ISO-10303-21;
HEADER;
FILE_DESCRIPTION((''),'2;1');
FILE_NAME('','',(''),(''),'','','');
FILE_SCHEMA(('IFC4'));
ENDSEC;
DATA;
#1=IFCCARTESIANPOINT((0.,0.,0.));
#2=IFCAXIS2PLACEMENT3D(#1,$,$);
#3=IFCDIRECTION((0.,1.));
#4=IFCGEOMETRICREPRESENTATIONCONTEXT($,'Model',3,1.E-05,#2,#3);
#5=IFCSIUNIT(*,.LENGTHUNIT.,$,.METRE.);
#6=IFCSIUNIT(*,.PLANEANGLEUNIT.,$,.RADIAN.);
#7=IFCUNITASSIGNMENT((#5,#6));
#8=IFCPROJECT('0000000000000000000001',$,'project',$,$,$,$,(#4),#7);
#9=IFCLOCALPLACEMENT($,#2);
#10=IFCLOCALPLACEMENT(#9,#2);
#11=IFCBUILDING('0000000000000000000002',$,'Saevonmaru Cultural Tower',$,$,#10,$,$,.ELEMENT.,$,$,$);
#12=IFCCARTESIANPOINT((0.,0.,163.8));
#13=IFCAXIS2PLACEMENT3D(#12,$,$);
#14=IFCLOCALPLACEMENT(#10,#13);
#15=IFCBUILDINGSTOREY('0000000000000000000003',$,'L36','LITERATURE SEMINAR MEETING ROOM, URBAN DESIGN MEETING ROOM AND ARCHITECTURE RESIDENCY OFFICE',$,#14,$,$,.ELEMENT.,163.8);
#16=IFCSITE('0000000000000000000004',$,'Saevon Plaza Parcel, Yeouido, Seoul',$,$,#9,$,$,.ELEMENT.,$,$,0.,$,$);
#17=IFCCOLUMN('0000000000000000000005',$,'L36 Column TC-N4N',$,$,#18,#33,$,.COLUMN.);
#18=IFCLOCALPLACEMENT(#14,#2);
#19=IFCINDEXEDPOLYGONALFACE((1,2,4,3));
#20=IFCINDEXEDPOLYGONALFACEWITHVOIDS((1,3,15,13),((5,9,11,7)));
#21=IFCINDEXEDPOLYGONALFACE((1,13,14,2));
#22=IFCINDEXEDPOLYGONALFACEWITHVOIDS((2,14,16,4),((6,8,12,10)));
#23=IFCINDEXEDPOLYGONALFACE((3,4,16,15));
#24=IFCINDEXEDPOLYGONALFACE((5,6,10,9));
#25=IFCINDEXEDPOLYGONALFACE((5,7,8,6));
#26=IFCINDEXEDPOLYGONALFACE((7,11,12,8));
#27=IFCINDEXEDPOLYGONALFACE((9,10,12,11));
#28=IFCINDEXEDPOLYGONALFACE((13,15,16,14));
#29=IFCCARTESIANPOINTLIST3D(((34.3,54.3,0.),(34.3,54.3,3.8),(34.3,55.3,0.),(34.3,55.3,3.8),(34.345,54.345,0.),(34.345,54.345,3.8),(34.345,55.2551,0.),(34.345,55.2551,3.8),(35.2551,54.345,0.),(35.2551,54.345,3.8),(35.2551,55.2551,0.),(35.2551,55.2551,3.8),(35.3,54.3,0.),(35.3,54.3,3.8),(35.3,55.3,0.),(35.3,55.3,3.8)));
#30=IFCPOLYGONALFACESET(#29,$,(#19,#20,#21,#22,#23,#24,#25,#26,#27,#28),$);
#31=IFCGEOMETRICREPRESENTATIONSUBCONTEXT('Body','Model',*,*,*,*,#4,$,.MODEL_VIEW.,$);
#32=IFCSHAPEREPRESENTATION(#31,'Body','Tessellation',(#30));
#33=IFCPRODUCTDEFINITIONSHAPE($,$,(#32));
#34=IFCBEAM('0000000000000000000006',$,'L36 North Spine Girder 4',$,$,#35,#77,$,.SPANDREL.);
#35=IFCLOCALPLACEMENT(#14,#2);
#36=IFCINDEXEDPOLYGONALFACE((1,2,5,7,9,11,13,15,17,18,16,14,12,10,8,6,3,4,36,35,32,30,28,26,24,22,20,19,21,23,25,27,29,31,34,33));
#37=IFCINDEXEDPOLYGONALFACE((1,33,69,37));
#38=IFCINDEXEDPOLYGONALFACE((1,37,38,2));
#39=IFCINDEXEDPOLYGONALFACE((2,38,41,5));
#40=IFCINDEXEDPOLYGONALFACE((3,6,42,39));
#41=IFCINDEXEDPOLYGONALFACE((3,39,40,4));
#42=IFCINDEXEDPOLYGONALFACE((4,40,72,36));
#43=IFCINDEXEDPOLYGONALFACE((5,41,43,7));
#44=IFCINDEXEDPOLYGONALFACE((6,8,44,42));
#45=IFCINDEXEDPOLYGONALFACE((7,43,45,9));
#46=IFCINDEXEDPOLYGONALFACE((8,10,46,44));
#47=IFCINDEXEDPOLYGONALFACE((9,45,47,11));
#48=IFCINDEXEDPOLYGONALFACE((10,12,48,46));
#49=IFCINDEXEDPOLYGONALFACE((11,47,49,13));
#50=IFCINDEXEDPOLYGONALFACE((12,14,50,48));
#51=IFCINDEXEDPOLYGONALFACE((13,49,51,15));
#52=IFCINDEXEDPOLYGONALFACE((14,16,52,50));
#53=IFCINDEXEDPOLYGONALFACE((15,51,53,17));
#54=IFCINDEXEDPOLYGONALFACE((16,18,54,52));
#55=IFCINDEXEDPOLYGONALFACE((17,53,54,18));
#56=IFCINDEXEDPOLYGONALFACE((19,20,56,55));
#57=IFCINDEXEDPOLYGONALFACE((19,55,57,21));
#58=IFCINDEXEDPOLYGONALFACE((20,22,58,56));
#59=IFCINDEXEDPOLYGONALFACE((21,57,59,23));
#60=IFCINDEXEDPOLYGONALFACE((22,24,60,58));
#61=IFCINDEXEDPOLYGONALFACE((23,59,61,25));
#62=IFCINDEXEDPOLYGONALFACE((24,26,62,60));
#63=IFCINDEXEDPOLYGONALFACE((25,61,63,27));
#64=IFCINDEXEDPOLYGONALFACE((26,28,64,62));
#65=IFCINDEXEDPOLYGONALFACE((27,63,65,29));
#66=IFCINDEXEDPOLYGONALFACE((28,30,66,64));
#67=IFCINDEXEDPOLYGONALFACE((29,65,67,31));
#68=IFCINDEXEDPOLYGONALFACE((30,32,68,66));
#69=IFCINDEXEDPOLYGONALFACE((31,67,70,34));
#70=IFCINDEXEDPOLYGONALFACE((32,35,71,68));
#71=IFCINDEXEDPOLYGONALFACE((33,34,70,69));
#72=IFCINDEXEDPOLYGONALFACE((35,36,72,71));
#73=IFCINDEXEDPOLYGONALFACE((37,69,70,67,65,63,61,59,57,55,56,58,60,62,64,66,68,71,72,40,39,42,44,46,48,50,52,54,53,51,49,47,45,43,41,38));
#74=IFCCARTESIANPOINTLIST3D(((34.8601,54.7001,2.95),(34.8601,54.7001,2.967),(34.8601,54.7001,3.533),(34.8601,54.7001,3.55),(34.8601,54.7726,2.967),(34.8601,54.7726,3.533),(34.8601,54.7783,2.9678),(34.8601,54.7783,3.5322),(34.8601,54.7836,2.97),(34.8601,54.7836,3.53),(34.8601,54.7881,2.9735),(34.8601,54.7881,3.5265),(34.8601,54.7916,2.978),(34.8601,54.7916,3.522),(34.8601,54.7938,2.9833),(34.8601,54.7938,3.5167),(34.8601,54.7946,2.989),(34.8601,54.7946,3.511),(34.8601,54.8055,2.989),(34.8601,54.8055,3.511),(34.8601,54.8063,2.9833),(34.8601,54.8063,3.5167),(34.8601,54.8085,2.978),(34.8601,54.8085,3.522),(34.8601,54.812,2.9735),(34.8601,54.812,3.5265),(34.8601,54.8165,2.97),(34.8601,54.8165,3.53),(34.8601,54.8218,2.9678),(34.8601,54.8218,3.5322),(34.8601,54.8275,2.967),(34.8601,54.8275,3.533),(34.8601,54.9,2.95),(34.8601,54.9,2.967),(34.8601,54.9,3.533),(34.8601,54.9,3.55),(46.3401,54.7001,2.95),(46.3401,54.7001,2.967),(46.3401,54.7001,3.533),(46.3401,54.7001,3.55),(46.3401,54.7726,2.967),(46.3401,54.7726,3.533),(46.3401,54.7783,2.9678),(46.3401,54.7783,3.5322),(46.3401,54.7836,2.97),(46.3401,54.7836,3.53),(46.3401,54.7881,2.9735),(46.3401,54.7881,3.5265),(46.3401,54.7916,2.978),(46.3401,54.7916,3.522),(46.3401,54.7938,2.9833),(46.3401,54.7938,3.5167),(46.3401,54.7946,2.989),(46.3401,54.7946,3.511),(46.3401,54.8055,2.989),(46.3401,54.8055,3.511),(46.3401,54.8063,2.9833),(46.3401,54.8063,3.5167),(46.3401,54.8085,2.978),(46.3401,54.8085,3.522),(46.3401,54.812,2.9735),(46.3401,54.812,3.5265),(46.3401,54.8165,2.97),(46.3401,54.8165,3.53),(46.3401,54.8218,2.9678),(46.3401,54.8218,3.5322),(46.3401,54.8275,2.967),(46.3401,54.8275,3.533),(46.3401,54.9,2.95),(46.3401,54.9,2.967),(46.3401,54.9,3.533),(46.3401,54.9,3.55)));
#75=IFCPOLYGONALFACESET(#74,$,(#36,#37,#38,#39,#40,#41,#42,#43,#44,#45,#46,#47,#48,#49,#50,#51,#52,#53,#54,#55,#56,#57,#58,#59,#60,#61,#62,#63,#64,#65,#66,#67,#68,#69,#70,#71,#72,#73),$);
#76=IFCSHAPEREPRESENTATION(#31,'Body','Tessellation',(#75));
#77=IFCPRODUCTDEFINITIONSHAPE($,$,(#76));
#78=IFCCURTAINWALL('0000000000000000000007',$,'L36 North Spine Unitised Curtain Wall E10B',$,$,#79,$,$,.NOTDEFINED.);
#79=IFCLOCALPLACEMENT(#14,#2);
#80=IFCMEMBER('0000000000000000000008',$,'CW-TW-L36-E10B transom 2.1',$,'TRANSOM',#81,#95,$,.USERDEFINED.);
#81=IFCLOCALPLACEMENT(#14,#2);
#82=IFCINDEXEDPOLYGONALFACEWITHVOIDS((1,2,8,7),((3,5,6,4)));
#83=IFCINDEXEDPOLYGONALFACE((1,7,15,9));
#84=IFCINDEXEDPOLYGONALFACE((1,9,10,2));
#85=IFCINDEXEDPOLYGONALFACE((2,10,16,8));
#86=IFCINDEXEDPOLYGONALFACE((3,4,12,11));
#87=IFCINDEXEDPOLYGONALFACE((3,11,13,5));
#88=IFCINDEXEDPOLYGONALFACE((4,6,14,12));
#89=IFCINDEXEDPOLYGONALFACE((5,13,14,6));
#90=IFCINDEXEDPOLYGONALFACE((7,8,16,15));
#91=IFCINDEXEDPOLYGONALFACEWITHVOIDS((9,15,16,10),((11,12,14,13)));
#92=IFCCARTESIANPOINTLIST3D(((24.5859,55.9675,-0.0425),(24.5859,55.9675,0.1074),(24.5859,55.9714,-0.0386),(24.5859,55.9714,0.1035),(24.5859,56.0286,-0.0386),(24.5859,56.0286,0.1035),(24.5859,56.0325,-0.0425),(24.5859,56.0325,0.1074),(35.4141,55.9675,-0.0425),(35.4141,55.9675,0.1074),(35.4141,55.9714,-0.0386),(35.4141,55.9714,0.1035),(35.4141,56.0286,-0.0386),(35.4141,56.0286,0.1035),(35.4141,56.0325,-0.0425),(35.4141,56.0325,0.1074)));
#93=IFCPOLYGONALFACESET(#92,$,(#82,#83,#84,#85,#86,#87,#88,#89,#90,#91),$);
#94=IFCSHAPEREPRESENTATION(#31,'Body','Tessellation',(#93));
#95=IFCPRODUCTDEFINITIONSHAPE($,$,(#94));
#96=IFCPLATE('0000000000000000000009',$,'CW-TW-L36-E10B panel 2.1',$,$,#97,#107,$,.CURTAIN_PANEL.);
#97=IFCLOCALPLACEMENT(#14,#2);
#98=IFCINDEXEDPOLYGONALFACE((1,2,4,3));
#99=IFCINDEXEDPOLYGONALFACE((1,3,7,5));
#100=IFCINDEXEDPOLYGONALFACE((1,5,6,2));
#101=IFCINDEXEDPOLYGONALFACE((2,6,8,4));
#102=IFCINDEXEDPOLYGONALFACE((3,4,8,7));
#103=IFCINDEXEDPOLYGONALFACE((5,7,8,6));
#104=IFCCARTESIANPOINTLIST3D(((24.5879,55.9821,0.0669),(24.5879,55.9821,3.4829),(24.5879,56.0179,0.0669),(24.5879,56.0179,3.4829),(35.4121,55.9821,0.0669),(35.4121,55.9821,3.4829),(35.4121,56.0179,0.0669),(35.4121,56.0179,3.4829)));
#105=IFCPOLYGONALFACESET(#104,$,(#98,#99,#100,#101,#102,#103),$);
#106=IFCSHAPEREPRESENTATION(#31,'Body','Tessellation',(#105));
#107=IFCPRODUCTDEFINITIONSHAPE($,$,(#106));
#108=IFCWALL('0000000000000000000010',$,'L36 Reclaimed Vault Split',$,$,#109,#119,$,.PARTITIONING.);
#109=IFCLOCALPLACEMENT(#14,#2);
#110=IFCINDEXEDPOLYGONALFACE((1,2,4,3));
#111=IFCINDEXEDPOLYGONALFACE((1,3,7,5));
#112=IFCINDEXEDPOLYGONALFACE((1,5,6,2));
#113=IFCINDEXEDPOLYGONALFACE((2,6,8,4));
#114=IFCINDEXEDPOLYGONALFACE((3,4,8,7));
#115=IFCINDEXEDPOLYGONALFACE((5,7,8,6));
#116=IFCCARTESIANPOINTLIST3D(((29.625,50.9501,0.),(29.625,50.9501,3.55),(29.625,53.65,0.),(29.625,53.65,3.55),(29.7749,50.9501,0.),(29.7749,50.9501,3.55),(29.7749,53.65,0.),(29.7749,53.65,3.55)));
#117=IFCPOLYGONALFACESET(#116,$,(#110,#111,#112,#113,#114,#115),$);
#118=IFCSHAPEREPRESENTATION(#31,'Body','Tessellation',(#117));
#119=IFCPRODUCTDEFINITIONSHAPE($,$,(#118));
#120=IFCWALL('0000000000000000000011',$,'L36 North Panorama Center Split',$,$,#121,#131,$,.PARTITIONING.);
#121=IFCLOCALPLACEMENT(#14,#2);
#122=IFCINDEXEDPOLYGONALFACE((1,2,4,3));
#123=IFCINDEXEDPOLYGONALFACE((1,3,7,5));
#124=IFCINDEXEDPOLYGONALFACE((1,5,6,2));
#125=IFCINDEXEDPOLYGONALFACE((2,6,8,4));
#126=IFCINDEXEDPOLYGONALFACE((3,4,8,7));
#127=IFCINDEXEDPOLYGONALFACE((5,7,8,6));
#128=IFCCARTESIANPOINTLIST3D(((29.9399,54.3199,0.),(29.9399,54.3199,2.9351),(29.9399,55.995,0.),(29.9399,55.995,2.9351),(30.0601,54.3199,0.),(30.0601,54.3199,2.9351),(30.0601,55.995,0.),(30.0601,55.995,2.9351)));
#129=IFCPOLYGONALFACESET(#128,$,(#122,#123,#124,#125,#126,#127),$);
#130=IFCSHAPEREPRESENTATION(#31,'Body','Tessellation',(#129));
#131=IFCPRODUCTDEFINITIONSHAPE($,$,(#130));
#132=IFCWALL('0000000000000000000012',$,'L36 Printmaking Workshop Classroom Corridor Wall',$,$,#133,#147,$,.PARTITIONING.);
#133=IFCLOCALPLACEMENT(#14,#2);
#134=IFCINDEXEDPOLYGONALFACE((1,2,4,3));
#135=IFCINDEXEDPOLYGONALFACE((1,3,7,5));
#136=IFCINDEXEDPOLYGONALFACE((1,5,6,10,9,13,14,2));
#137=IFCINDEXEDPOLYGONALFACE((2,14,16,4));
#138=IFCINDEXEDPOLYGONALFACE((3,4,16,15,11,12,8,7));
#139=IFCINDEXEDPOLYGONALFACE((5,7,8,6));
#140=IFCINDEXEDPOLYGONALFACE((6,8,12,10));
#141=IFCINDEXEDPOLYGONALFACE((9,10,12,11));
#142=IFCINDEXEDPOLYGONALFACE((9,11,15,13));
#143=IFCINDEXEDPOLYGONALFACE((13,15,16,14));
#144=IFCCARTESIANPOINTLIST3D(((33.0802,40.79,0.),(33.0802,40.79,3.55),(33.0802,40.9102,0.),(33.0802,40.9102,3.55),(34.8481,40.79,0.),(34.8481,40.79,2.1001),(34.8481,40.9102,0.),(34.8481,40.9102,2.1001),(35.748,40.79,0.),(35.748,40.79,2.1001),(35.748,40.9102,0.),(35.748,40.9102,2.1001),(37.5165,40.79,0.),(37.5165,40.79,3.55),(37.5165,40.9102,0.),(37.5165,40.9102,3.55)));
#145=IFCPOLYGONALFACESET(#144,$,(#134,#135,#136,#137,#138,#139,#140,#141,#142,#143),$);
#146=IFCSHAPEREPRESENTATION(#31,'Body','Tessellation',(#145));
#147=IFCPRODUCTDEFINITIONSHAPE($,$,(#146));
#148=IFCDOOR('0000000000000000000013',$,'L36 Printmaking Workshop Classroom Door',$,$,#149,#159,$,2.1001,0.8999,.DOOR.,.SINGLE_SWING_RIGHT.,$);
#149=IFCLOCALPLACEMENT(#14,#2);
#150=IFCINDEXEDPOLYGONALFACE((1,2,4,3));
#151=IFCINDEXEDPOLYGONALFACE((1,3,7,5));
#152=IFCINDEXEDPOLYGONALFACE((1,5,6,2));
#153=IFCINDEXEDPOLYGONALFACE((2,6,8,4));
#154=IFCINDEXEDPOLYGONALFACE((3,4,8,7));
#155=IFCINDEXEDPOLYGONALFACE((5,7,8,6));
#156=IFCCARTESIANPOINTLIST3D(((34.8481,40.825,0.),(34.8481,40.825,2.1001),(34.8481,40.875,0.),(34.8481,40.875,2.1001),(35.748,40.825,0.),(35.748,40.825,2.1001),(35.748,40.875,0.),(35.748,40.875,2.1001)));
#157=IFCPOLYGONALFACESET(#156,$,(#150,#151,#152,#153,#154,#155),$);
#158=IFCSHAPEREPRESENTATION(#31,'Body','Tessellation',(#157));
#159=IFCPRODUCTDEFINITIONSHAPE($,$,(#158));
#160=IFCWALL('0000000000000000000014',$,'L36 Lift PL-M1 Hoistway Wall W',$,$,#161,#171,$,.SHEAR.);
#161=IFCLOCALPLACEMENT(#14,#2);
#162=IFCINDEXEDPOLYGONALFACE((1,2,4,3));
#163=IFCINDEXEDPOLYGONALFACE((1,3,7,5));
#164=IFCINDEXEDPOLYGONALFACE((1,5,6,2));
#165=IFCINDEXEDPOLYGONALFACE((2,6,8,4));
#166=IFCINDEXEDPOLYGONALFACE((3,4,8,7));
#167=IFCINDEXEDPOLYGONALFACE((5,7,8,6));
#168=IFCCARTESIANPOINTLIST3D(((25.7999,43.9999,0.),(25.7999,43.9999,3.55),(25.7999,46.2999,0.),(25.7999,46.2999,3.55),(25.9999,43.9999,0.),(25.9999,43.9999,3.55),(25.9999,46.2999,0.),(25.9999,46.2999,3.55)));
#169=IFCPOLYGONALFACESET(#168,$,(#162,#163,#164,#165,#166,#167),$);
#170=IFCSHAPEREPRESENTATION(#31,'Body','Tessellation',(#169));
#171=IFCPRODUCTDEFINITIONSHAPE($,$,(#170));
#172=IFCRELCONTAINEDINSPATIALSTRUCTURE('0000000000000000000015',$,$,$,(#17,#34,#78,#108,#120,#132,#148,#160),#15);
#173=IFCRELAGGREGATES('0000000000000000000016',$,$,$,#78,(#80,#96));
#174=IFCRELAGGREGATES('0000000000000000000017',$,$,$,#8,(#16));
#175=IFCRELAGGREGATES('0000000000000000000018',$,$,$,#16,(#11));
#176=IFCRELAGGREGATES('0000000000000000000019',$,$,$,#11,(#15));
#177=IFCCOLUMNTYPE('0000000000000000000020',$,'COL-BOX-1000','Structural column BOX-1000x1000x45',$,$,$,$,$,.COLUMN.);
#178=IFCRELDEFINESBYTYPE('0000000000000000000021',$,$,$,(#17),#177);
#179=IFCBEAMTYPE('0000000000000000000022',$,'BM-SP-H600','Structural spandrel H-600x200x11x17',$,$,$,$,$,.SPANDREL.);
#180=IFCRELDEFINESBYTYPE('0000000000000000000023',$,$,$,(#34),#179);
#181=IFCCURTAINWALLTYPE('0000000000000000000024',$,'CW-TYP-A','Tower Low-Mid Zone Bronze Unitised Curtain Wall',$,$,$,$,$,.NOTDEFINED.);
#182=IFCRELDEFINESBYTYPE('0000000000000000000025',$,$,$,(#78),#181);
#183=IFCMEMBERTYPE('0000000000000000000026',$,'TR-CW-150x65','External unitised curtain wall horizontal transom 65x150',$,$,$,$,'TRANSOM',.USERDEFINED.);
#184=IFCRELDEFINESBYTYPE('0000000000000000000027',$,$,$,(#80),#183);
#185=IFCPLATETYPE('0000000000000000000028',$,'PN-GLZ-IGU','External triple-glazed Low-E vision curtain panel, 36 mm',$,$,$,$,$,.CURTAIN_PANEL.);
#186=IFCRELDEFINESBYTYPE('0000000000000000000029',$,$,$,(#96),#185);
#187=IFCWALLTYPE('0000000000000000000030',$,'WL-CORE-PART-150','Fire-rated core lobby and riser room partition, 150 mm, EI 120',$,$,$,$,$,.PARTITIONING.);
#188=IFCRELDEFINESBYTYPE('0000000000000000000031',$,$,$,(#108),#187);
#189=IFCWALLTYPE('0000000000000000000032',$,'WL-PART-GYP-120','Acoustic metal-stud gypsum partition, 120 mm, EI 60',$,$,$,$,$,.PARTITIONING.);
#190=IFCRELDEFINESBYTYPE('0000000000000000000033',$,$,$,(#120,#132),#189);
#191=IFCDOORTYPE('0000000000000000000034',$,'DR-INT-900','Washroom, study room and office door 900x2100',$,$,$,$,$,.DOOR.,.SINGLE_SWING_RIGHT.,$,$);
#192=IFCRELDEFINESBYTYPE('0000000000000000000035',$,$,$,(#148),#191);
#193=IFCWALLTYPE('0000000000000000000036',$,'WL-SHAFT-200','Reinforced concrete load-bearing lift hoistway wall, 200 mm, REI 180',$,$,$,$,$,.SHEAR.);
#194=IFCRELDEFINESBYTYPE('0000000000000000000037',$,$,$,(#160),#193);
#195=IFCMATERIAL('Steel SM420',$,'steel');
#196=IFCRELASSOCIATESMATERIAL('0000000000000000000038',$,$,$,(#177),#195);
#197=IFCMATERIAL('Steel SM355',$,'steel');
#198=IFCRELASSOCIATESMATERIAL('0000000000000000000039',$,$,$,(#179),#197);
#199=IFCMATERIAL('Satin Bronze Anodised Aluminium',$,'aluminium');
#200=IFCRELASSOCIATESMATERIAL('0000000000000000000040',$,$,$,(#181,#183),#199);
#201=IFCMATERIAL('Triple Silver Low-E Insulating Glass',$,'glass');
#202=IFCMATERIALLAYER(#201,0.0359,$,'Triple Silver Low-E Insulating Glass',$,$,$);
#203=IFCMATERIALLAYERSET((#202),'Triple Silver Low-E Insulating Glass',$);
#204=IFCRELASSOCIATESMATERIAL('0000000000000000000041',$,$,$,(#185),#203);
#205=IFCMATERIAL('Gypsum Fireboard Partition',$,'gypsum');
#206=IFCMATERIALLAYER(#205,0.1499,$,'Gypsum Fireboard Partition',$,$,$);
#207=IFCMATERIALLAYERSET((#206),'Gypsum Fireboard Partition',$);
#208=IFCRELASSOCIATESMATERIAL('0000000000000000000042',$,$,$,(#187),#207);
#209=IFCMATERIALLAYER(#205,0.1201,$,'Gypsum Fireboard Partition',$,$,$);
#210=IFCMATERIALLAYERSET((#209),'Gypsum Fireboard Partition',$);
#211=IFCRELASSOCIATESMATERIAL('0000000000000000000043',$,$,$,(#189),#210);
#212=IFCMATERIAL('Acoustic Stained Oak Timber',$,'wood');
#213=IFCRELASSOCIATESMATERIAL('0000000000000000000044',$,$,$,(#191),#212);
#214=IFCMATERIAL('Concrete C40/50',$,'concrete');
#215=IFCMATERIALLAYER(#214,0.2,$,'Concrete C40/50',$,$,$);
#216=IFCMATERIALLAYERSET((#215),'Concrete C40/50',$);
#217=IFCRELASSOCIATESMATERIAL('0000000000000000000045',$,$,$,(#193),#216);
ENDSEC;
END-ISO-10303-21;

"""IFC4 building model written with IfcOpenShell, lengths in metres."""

from ifc_helpers import new_model, si_unit, direction, frame, frame_2d, origin, origin_2d, place, context, subcontext, project, spatial, rectangle, hollow_rectangle, i_section, extrude, material, layer, layer_set, material_profile, profile_set, type_object, element, fill, aggregate, save


model = new_model("IFC4")

# Units and contexts
model_context = context("Model", 3, precision=1e-05, world=origin(), true_north=direction((0.0, 1.0)))
body_context = subcontext(model_context, "Body", "Model", "MODEL_VIEW")
ifc_project = project(units=[si_unit("LENGTHUNIT", "METRE"), si_unit("PLANEANGLEUNIT", "RADIAN")], contexts=[model_context])

# Site, building, storey
site_placement = place(None, origin())
site = spatial("IfcSite", under=ifc_project, at=site_placement, Name="Saevon Plaza Parcel, Yeouido, Seoul", CompositionType="ELEMENT", RefElevation=0.0)
building_placement = place(site_placement, origin())
building = spatial("IfcBuilding", under=site, at=building_placement, Name="Saevonmaru Cultural Tower", CompositionType="ELEMENT")
storey_placement = place(building_placement, frame((0.0, 0.0, 163.8)))
storey = spatial("IfcBuildingStorey", under=building, at=storey_placement, Name="L36", Description="LITERATURE SEMINAR MEETING ROOM, URBAN DESIGN MEETING ROOM AND ARCHITECTURE RESIDENCY OFFICE", CompositionType="ELEMENT", Elevation=163.8)

# Column
ifc_material_1 = material(Name="Steel SM420", Category="steel")
ifc_material_profile_1 = material_profile(ifc_material_1, hollow_rectangle(XDim=1.0, YDim=1.0, WallThickness=0.0449, at=origin_2d()), Name="BOX-1000x1000x45")
ifc_profile_set_1 = profile_set([ifc_material_profile_1], Name="Steel SM420")
column_type = type_object("IfcColumnType", Name="COL-BOX-1000", Description="Structural column BOX-1000x1000x45", PredefinedType="COLUMN", material=ifc_profile_set_1)
column_placement = place(storey_placement, frame((34.8, 54.8, 0.0), z_axis=(0.0, 0.0, 1.0), x_axis=(1.0, 0.0, 0.0)))
element("IfcColumn", 1, at=column_placement, inside=storey, type_object=column_type, Name="L36 Column TC-N4N", PredefinedType="COLUMN", context=body_context, shape_type="SweptSolid", body=[
    extrude(hollow_rectangle(XDim=1.0, YDim=1.0, WallThickness=0.0449, at=origin_2d()), origin(), (0.0, 0.0, 1.0), 3.8),
])

# Beam
ifc_material_2 = material(Name="Steel SM355", Category="steel")
ifc_material_profile_2 = material_profile(ifc_material_2, i_section(OverallWidth=0.2, OverallDepth=0.6001, WebThickness=0.011, FlangeThickness=0.0171, FilletRadius=0.022, at=origin_2d()), Name="H-600x200x11x17")
ifc_profile_set_2 = profile_set([ifc_material_profile_2], Name="Steel SM355")
beam_type = type_object("IfcBeamType", Name="BM-SP-H600", Description="Structural spandrel H-600x200x11x17", PredefinedType="SPANDREL", material=ifc_profile_set_2)
beam_placement = place(storey_placement, frame((34.8601, 54.8, 3.25), z_axis=(1.0, 0.0, 0.0), x_axis=(0.0, 1.0, 0.0)))
element("IfcBeam", 2, at=beam_placement, inside=storey, type_object=beam_type, Name="L36 North Spine Girder 4", PredefinedType="SPANDREL", context=body_context, shape_type="SweptSolid", body=[
    extrude(i_section(OverallWidth=0.2, OverallDepth=0.6001, WebThickness=0.011, FlangeThickness=0.0171, FilletRadius=0.022, at=origin_2d()), origin(), (0.0, 0.0, 1.0), 11.48),
])

# Curtain wall, member, plate
ifc_material_3 = material(Name="Satin Bronze Anodised Aluminium", Category="aluminium")
curtain_wall_type = type_object("IfcCurtainWallType", Name="CW-TYP-A", Description="Tower Low-Mid Zone Bronze Unitised Curtain Wall", PredefinedType="NOTDEFINED", material=ifc_material_3)
curtain_wall_placement = place(storey_placement, origin())
curtain_wall = element("IfcCurtainWall", 3, at=curtain_wall_placement, inside=storey, type_object=curtain_wall_type, Name="L36 North Spine Unitised Curtain Wall E10B", PredefinedType="NOTDEFINED")
ifc_material_profile_3 = material_profile(ifc_material_3, hollow_rectangle(XDim=0.0649, YDim=0.1499, WallThickness=0.0039, at=origin_2d()), Name="ALU-TRAN-150x65x4")
ifc_profile_set_3 = profile_set([ifc_material_profile_3], Name="Satin Bronze Anodised Aluminium")
member_type = type_object("IfcMemberType", Name="TR-CW-150x65", Description="External unitised curtain wall horizontal transom 65x150", ElementType="TRANSOM", PredefinedType="USERDEFINED", material=ifc_profile_set_3)
member_placement = place(storey_placement, frame((35.4141, 56.0, 0.0325), z_axis=(-1.0, 0.0, 0.0), x_axis=(0.0, -1.0, 0.0)))
member = element("IfcMember", 4, at=member_placement, type_object=member_type, Name="CW-TW-L36-E10B transom 2.1", ObjectType="TRANSOM", PredefinedType="USERDEFINED", context=body_context, shape_type="SweptSolid", body=[
    extrude(hollow_rectangle(XDim=0.0649, YDim=0.1499, WallThickness=0.0039, at=origin_2d()), origin(), (0.0, 0.0, 1.0), 10.8281),
])
ifc_material_4 = material(Name="Triple Silver Low-E Insulating Glass", Category="glass")
ifc_layer_1 = layer(ifc_material_4, 0.0359, Name="Triple Silver Low-E Insulating Glass")
ifc_layer_set_1 = layer_set([ifc_layer_1], Name="Triple Silver Low-E Insulating Glass")
plate_type = type_object("IfcPlateType", Name="PN-GLZ-IGU", Description="External triple-glazed Low-E vision curtain panel, 36 mm", PredefinedType="CURTAIN_PANEL", material=ifc_layer_set_1)
plate_placement = place(storey_placement, frame((30.0, 56.0, 0.0669), z_axis=(0.0, 0.0, 1.0), x_axis=(-1.0, 0.0, 0.0)))
plate = element("IfcPlate", 5, at=plate_placement, type_object=plate_type, Name="CW-TW-L36-E10B panel 2.1", PredefinedType="CURTAIN_PANEL", context=body_context, shape_type="SweptSolid", body=[
    extrude(rectangle(XDim=10.8242, YDim=0.0359, at=origin_2d()), origin(), (0.0, 0.0, 1.0), 3.416),
])
aggregate(curtain_wall, [member, plate])

# Shared definitions
ifc_material_5 = material(Name="Gypsum Fireboard Partition", Category="gypsum")
ifc_layer_2 = layer(ifc_material_5, 0.1499, Name="Gypsum Fireboard Partition")
ifc_layer_set_2 = layer_set([ifc_layer_2], Name="Gypsum Fireboard Partition")
wall_type_1 = type_object("IfcWallType", Name="WL-CORE-PART-150", Description="Fire-rated core lobby and riser room partition, 150 mm, EI 120", PredefinedType="PARTITIONING", material=ifc_layer_set_2)

# Walls
wall_1_placement = place(storey_placement, frame((29.7, 50.95, 0.0), z_axis=(0.0, 0.0, 1.0), x_axis=(0.0, 1.0, 0.0)))
element("IfcWall", 6, at=wall_1_placement, inside=storey, type_object=wall_type_1, Name="L36 Reclaimed Vault Split", PredefinedType="PARTITIONING", context=body_context, shape_type="SweptSolid", body=[
    extrude(rectangle(XDim=2.7, YDim=0.1499, at=frame_2d((1.3501, 0.0))), origin(), (0.0, 0.0, 1.0), 3.55),
])
ifc_layer_3 = layer(ifc_material_5, 0.1201, Name="Gypsum Fireboard Partition")
ifc_layer_set_3 = layer_set([ifc_layer_3], Name="Gypsum Fireboard Partition")
wall_type_2 = type_object("IfcWallType", Name="WL-PART-GYP-120", Description="Acoustic metal-stud gypsum partition, 120 mm, EI 60", PredefinedType="PARTITIONING", material=ifc_layer_set_3)
wall_2_placement = place(storey_placement, frame((30.0, 54.3201, 0.0), z_axis=(0.0, 0.0, 1.0), x_axis=(0.0, 1.0, 0.0)))
element("IfcWall", 7, at=wall_2_placement, inside=storey, type_object=wall_type_2, Name="L36 North Panorama Center Split", PredefinedType="PARTITIONING", context=body_context, shape_type="SweptSolid", body=[
    extrude(rectangle(XDim=1.675, YDim=0.1201, at=frame_2d((0.8374, 0.0))), origin(), (0.0, 0.0, 1.0), 2.9351),
])

# Wall, opening, door
wall_3_placement = place(storey_placement, frame((33.0801, 40.8501, 0.0), z_axis=(0.0, 0.0, 1.0), x_axis=(1.0, 0.0, 0.0)))
wall_3 = element("IfcWall", 8, at=wall_3_placement, inside=storey, type_object=wall_type_2, Name="L36 Printmaking Workshop Classroom Corridor Wall", PredefinedType="PARTITIONING", context=body_context, shape_type="SweptSolid", body=[
    extrude(rectangle(XDim=4.4363, YDim=0.1201, at=frame_2d((2.2183, 0.0))), origin(), (0.0, 0.0, 1.0), 3.55),
])
opening_1_placement = place(wall_3_placement, frame((1.7681, 0.0, 0.0)))
opening_1 = element("IfcOpeningElement", 9, at=opening_1_placement, cuts=wall_3, PredefinedType="OPENING", context=body_context, shape_type="SweptSolid", body=[
    extrude(rectangle(XDim=0.8999, YDim=2.1001, at=frame_2d((0.45, 1.05))), frame((0.0, 0.0701, 0.0), z_axis=(0.0, -1.0, 0.0), x_axis=(1.0, 0.0, 0.0)), (0.0, 0.0, 1.0), 0.1401),
])
ifc_material_6 = material(Name="Acoustic Stained Oak Timber", Category="wood")
door_type_1 = type_object("IfcDoorType", Name="DR-INT-900", Description="Washroom, study room and office door 900x2100", OperationType="SINGLE_SWING_RIGHT", PredefinedType="DOOR", material=ifc_material_6)
door_1_placement = place(opening_1_placement, origin())
door_1 = element("IfcDoor", 10, at=door_1_placement, inside=storey, type_object=door_type_1, Name="L36 Printmaking Workshop Classroom Door", OperationType="SINGLE_SWING_RIGHT", OverallHeight=2.1001, OverallWidth=0.8999, PredefinedType="DOOR", context=body_context, shape_type="SweptSolid", body=[
    extrude(rectangle(XDim=0.8999, YDim=2.1001, at=frame_2d((0.45, 1.05))), frame((0.0, 0.0249, 0.0), z_axis=(0.0, -1.0, 0.0), x_axis=(1.0, 0.0, 0.0)), (0.0, 0.0, 1.0), 0.05),
])
fill(opening_1, door_1)

# Wall
ifc_material_7 = material(Name="Concrete C40/50", Category="concrete")
ifc_layer_4 = layer(ifc_material_7, 0.2, Name="Concrete C40/50")
ifc_layer_set_4 = layer_set([ifc_layer_4], Name="Concrete C40/50")
wall_type_3 = type_object("IfcWallType", Name="WL-SHAFT-200", Description="Reinforced concrete load-bearing lift hoistway wall, 200 mm, REI 180", PredefinedType="SHEAR", material=ifc_layer_set_4)
for number, where, z_axis, x_axis, name in (
    (11, (25.8999, 44.0, 0.0), (0.0, 0.0, 1.0), (0.0, 1.0, 0.0), "L36 Lift PL-M1 Hoistway Wall W"),
):
    element("IfcWall", number, at=place(storey_placement, frame(where, z_axis=z_axis, x_axis=x_axis)), inside=storey, type_object=wall_type_3, Name=name, PredefinedType="SHEAR", context=body_context, shape_type="SweptSolid", body=[
        extrude(rectangle(XDim=2.3, YDim=0.2, at=frame_2d((1.1499, 0.0))), origin(), (0.0, 0.0, 1.0), 3.55),
    ])

save(model, "model.ifc")
